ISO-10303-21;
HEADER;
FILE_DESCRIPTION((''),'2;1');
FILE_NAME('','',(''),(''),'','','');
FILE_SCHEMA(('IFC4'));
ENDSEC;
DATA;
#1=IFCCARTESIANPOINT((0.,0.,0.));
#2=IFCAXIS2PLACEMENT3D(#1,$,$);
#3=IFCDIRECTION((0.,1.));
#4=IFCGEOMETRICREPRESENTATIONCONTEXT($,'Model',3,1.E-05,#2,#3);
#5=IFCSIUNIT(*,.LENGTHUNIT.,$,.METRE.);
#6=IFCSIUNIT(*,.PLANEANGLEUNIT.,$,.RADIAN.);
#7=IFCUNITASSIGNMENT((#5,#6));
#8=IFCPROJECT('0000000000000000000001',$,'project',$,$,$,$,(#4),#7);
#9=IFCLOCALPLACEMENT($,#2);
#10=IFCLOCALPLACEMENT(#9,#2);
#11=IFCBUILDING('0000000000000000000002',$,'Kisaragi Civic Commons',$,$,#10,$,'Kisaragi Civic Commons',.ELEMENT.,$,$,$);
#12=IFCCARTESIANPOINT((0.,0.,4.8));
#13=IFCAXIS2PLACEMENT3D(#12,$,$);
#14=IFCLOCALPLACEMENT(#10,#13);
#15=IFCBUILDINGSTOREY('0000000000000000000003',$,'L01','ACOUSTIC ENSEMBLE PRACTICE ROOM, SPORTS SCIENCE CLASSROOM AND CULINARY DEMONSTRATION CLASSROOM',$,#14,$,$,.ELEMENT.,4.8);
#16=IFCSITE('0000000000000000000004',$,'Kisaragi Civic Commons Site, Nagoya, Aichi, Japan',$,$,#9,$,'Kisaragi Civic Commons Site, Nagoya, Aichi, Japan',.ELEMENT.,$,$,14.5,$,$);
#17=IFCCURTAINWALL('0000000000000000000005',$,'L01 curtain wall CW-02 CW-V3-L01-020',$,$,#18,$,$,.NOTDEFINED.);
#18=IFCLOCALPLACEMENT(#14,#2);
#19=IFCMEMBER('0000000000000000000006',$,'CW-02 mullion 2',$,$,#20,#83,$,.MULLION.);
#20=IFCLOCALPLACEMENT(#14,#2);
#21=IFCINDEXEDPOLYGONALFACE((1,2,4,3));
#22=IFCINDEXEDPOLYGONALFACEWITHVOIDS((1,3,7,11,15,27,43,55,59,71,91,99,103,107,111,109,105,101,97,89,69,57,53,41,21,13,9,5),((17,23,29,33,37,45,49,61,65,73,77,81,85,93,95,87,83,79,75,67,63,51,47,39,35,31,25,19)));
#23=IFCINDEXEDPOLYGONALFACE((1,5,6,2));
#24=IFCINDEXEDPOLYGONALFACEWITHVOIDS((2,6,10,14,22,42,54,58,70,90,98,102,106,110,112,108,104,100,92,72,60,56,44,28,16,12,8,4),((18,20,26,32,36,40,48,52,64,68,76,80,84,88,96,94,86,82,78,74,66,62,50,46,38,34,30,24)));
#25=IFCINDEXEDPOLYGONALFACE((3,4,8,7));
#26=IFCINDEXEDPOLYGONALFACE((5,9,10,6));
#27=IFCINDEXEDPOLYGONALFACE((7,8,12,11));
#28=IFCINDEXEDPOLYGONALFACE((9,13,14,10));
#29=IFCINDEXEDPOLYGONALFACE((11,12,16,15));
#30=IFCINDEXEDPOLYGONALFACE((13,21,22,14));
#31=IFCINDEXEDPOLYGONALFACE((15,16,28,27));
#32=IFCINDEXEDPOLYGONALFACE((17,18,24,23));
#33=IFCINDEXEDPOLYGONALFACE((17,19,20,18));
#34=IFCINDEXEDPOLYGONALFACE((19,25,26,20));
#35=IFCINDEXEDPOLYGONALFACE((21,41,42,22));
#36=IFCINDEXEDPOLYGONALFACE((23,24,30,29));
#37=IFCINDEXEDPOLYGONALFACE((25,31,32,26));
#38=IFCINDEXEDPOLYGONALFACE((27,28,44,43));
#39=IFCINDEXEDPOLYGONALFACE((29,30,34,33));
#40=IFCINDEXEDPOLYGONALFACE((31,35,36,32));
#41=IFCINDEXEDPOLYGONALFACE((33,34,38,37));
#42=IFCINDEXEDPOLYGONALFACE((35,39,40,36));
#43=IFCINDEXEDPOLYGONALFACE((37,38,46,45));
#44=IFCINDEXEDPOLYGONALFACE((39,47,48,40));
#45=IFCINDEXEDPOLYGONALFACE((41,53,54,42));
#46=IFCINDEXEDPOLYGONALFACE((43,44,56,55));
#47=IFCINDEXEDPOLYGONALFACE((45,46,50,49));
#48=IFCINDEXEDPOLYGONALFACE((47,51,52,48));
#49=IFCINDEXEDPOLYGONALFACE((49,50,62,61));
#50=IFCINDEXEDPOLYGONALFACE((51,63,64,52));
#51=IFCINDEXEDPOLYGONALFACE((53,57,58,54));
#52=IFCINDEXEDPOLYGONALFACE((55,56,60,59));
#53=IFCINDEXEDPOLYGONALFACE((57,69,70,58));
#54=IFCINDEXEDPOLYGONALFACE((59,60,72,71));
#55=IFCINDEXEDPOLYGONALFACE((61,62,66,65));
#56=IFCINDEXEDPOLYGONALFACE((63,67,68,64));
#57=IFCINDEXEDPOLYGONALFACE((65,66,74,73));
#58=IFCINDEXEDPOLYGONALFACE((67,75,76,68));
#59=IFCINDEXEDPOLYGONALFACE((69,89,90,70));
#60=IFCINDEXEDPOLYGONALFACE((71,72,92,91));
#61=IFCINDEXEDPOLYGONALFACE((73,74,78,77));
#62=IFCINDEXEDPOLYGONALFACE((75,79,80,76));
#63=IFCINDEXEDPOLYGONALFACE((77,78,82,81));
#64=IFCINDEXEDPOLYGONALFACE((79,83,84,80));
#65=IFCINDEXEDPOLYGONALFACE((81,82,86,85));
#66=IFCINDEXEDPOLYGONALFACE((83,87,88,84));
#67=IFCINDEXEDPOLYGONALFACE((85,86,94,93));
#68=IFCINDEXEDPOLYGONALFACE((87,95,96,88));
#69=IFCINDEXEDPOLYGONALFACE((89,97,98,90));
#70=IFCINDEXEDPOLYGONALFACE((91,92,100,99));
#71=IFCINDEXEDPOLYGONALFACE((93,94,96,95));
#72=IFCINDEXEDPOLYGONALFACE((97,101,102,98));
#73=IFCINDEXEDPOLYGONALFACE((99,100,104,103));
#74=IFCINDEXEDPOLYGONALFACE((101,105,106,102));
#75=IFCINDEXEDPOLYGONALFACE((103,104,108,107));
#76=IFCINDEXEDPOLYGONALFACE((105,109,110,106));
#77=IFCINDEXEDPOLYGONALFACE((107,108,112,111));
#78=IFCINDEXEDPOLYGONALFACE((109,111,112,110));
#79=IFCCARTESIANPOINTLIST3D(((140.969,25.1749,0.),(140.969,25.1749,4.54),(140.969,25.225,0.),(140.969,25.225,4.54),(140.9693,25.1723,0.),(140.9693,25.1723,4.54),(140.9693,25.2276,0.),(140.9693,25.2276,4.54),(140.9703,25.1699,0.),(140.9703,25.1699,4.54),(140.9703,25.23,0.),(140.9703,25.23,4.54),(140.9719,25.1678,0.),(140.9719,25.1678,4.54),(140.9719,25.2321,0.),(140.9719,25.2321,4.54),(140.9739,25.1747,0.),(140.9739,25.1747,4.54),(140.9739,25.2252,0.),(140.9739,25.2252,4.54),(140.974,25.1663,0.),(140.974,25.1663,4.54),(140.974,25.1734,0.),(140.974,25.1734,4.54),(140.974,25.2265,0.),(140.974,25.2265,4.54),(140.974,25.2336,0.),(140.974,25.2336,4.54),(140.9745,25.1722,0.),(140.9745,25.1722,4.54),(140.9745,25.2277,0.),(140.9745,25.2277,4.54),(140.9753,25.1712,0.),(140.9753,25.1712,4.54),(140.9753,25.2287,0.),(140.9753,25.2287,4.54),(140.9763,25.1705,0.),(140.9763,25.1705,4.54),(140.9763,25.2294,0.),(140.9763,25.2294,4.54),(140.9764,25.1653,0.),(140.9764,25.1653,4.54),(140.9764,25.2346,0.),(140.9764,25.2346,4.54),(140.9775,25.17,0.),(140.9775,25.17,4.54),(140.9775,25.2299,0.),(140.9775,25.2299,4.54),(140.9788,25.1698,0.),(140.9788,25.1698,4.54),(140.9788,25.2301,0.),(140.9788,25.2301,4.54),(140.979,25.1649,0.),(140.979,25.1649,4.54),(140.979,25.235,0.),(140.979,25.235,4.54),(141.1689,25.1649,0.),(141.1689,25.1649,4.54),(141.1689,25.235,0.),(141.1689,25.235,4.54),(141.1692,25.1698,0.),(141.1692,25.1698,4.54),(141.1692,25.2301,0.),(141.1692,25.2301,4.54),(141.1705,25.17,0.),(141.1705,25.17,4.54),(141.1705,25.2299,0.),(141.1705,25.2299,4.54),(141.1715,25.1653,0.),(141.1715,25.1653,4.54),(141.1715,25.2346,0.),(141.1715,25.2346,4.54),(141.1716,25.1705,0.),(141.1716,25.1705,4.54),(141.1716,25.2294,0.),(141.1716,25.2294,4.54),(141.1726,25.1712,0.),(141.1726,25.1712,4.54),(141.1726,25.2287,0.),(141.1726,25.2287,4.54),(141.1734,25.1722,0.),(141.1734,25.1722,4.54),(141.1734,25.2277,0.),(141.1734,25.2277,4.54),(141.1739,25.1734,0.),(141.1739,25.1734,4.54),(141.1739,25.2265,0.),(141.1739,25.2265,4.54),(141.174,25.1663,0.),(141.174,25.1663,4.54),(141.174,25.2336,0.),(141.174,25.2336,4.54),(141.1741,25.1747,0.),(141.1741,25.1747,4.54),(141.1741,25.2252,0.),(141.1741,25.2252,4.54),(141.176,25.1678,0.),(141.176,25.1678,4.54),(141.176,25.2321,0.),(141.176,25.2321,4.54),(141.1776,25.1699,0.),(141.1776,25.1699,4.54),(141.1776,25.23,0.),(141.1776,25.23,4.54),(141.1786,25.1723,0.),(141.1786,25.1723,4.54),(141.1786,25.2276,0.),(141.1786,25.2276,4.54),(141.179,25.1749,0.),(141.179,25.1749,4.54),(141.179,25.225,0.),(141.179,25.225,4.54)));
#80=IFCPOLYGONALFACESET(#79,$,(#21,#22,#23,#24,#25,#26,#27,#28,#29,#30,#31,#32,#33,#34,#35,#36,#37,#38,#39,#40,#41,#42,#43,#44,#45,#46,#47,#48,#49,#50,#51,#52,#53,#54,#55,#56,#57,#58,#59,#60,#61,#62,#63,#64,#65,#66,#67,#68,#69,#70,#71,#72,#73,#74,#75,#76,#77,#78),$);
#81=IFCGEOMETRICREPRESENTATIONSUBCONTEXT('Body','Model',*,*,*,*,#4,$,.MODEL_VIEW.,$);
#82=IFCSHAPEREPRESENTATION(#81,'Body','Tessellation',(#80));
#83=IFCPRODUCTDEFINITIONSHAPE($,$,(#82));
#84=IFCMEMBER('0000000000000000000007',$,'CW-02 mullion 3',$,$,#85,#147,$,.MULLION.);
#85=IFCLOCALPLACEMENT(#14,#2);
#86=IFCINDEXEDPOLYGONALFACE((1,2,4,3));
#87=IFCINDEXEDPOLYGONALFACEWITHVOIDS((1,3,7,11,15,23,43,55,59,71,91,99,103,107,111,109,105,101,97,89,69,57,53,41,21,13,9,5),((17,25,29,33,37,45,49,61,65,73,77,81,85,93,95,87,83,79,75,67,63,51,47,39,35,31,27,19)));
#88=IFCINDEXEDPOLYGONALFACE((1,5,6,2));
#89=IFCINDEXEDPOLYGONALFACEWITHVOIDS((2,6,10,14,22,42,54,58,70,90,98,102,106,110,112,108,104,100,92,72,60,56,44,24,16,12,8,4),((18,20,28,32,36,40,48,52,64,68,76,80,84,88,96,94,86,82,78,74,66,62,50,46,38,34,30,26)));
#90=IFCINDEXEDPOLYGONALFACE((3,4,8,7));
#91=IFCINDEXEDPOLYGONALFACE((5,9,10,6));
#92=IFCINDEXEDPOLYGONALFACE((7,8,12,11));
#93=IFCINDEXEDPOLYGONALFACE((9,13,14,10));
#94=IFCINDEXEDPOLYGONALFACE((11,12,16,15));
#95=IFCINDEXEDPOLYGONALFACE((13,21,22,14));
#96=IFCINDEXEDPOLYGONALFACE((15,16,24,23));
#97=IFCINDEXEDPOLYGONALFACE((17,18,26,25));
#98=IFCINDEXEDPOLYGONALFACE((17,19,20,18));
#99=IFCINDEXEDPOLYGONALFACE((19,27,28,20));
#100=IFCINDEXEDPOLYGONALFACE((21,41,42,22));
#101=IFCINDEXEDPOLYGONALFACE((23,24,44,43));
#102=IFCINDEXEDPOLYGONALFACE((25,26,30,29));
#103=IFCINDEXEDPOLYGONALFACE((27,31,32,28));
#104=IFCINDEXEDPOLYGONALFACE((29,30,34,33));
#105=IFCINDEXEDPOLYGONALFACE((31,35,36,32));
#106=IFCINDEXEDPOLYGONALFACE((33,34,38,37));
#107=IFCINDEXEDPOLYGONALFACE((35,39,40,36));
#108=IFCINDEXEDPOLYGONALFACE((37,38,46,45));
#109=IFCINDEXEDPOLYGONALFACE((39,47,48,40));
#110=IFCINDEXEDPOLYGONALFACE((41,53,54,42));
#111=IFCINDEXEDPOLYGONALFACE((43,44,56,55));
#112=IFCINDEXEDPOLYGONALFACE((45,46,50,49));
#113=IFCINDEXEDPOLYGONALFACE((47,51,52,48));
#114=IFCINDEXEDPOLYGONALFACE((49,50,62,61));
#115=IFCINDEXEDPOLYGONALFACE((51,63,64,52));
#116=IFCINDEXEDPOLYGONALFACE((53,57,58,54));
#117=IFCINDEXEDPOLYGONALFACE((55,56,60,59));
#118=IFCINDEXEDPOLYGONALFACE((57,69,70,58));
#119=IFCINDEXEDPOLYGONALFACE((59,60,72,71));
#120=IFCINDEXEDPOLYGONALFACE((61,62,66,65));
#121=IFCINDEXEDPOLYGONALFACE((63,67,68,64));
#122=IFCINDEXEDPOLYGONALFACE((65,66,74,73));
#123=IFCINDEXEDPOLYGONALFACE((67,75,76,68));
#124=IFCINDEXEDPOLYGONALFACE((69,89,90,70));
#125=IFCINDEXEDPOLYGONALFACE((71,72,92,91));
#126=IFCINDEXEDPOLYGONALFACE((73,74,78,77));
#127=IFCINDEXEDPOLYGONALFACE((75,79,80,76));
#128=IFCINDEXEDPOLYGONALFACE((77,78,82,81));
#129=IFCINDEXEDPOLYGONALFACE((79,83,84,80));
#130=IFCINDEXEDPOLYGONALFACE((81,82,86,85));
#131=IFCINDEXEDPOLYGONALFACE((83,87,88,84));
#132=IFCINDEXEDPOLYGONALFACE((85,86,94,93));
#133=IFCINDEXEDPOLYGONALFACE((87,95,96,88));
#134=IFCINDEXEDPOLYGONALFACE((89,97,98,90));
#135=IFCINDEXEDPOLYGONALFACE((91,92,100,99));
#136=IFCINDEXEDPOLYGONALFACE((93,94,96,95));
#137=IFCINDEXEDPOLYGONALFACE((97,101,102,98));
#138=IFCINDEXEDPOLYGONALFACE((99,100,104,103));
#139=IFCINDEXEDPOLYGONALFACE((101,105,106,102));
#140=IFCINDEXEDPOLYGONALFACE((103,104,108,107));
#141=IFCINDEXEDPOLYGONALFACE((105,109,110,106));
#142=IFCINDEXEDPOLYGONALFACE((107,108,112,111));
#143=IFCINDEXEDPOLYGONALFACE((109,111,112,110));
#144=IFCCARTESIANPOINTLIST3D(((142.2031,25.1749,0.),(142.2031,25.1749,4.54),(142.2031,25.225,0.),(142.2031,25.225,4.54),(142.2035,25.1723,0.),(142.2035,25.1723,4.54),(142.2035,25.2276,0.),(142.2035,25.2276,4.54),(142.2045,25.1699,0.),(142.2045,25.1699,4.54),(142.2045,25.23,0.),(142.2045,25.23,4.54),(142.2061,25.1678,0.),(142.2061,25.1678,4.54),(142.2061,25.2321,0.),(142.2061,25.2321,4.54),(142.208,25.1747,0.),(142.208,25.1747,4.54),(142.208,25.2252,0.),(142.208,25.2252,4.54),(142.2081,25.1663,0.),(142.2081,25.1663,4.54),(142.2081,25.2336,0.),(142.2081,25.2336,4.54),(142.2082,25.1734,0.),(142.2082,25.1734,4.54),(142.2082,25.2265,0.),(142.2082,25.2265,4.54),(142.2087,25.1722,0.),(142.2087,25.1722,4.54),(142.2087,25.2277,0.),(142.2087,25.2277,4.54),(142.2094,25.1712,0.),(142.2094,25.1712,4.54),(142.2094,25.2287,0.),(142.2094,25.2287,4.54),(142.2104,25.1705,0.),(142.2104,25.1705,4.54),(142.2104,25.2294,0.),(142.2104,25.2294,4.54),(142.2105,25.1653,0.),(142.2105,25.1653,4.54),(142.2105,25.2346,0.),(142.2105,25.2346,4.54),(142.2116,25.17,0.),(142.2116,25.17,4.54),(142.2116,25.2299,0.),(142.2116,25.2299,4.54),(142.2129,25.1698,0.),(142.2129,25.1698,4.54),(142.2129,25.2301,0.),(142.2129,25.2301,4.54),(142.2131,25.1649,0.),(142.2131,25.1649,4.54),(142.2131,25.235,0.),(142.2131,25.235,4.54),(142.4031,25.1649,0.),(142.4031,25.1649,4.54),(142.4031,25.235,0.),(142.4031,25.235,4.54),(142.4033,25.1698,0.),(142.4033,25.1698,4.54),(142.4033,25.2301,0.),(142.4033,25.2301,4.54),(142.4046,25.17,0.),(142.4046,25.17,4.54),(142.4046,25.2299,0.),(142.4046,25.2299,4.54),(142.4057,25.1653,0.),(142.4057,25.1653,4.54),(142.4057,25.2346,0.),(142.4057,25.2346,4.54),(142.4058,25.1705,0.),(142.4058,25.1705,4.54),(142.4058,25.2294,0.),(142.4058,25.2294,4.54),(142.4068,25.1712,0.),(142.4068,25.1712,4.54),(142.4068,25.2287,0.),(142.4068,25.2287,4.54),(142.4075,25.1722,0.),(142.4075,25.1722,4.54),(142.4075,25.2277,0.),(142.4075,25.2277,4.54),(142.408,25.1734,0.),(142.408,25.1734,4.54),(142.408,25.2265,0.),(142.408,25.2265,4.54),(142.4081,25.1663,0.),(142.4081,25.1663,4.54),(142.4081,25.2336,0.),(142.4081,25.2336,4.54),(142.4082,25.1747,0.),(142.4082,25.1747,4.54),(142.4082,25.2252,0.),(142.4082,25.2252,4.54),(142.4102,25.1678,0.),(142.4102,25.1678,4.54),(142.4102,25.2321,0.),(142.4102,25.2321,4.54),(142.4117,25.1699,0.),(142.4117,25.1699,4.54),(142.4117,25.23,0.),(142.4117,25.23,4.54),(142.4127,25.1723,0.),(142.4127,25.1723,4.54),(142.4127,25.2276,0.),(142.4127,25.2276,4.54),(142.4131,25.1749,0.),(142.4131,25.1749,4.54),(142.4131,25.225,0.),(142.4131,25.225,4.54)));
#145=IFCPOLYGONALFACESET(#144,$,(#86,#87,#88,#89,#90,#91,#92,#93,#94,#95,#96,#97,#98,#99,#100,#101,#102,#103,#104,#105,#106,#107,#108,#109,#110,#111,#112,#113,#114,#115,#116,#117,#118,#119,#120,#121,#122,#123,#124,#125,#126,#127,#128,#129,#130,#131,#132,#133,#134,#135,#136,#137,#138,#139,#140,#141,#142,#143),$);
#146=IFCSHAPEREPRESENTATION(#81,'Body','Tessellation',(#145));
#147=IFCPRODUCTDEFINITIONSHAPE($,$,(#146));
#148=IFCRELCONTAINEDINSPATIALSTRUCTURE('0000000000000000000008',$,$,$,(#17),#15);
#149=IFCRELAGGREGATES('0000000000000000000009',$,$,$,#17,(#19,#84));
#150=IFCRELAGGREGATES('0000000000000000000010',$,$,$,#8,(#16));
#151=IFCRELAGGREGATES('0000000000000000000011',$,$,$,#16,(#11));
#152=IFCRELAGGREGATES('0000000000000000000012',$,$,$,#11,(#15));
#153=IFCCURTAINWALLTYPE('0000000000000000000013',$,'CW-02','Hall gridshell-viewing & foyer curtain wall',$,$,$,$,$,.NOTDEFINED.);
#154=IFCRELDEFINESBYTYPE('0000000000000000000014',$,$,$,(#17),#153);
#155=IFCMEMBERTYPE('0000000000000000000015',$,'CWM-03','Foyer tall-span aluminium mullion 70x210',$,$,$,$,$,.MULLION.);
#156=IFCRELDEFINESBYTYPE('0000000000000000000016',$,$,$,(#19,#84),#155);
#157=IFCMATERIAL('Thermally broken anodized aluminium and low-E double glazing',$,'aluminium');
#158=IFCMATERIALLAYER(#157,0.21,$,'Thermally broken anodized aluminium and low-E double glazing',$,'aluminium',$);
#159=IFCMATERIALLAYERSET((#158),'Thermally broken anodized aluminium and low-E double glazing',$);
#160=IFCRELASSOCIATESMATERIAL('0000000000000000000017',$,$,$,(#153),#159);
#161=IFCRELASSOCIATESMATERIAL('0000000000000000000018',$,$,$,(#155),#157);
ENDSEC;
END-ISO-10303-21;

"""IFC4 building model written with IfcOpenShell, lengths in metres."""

from ifc_helpers import new_model, si_unit, direction, frame, origin, origin_2d, place, context, subcontext, project, spatial, hollow_rectangle, extrude, material, layer, layer_set, material_profile, profile_set, type_object, element, aggregate, save


model = new_model("IFC4")

# Units and contexts
model_context = context("Model", 3, precision=1e-05, world=origin(), true_north=direction((0.0, 1.0)))
body_context = subcontext(model_context, "Body", "Model", "MODEL_VIEW")
ifc_project = project(units=[si_unit("LENGTHUNIT", "METRE"), si_unit("PLANEANGLEUNIT", "RADIAN")], contexts=[model_context])

# Site, building, storey
site_placement = place(None, origin())
site = spatial("IfcSite", under=ifc_project, at=site_placement, Name="Kisaragi Civic Commons Site, Nagoya, Aichi, Japan", LongName="Kisaragi Civic Commons Site, Nagoya, Aichi, Japan", CompositionType="ELEMENT", RefElevation=14.5)
building_placement = place(site_placement, origin())
building = spatial("IfcBuilding", under=site, at=building_placement, Name="Kisaragi Civic Commons", LongName="Kisaragi Civic Commons", CompositionType="ELEMENT")
storey_placement = place(building_placement, frame((0.0, 0.0, 4.8)))
storey = spatial("IfcBuildingStorey", under=building, at=storey_placement, Name="L01", Description="ACOUSTIC ENSEMBLE PRACTICE ROOM, SPORTS SCIENCE CLASSROOM AND CULINARY DEMONSTRATION CLASSROOM", CompositionType="ELEMENT", Elevation=4.8)

# Shared definitions
ifc_material = material(Name="Thermally broken anodized aluminium and low-E double glazing", Category="aluminium")
ifc_layer_1 = layer(ifc_material, 0.21, Name="Thermally broken anodized aluminium and low-E double glazing", Category="aluminium")
ifc_layer_set_1 = layer_set([ifc_layer_1], Name="Thermally broken anodized aluminium and low-E double glazing")
curtain_wall_type = type_object("IfcCurtainWallType", Name="CW-02", Description="Hall gridshell-viewing & foyer curtain wall", PredefinedType="NOTDEFINED", material=ifc_layer_set_1)
ifc_material_profile_1 = material_profile(ifc_material, hollow_rectangle(XDim=0.0701, YDim=0.21, WallThickness=0.0049, InnerFilletRadius=0.0049, OuterFilletRadius=0.01, at=origin_2d()), Name="CWM-70x210x5", Category="aluminium")
ifc_profile_set_1 = profile_set([ifc_material_profile_1], Name="Thermally broken anodized aluminium and low-E double glazing")
member_type_1 = type_object("IfcMemberType", Name="CWM-03", Description="Foyer tall-span aluminium mullion 70x210", PredefinedType="MULLION", material=ifc_profile_set_1)

# Curtain wall, members
curtain_wall_1_placement = place(storey_placement, origin())
curtain_wall_1 = element("IfcCurtainWall", 1, at=curtain_wall_1_placement, inside=storey, type_object=curtain_wall_type, Name="L01 curtain wall CW-02 CW-V3-L01-020", PredefinedType="NOTDEFINED")
member_1_placement = place(storey_placement, frame((141.074, 25.2, 0.0), z_axis=(0.0, 0.0, 1.0), x_axis=(0.0, 1.0, 0.0)))
member_1 = element("IfcMember", 2, at=member_1_placement, type_object=member_type_1, Name="CW-02 mullion 2", PredefinedType="MULLION", context=body_context, shape_type="SweptSolid", body=[
    extrude(hollow_rectangle(XDim=0.0701, YDim=0.21, WallThickness=0.0049, InnerFilletRadius=0.0049, OuterFilletRadius=0.01, at=origin_2d()), origin(), (0.0, 0.0, 1.0), 4.54),
])
member_2_placement = place(storey_placement, frame((142.3081, 25.2, 0.0), z_axis=(0.0, 0.0, 1.0), x_axis=(0.0, 1.0, 0.0)))
member_2 = element("IfcMember", 3, at=member_2_placement, type_object=member_type_1, Name="CW-02 mullion 3", PredefinedType="MULLION", context=body_context, shape_type="SweptSolid", body=[
    extrude(hollow_rectangle(XDim=0.0701, YDim=0.21, WallThickness=0.0049, InnerFilletRadius=0.0049, OuterFilletRadius=0.01, at=origin_2d()), origin(), (0.0, 0.0, 1.0), 4.54),
])

aggregate(curtain_wall_1, [member_1, member_2])

save(model, "model.ifc")
